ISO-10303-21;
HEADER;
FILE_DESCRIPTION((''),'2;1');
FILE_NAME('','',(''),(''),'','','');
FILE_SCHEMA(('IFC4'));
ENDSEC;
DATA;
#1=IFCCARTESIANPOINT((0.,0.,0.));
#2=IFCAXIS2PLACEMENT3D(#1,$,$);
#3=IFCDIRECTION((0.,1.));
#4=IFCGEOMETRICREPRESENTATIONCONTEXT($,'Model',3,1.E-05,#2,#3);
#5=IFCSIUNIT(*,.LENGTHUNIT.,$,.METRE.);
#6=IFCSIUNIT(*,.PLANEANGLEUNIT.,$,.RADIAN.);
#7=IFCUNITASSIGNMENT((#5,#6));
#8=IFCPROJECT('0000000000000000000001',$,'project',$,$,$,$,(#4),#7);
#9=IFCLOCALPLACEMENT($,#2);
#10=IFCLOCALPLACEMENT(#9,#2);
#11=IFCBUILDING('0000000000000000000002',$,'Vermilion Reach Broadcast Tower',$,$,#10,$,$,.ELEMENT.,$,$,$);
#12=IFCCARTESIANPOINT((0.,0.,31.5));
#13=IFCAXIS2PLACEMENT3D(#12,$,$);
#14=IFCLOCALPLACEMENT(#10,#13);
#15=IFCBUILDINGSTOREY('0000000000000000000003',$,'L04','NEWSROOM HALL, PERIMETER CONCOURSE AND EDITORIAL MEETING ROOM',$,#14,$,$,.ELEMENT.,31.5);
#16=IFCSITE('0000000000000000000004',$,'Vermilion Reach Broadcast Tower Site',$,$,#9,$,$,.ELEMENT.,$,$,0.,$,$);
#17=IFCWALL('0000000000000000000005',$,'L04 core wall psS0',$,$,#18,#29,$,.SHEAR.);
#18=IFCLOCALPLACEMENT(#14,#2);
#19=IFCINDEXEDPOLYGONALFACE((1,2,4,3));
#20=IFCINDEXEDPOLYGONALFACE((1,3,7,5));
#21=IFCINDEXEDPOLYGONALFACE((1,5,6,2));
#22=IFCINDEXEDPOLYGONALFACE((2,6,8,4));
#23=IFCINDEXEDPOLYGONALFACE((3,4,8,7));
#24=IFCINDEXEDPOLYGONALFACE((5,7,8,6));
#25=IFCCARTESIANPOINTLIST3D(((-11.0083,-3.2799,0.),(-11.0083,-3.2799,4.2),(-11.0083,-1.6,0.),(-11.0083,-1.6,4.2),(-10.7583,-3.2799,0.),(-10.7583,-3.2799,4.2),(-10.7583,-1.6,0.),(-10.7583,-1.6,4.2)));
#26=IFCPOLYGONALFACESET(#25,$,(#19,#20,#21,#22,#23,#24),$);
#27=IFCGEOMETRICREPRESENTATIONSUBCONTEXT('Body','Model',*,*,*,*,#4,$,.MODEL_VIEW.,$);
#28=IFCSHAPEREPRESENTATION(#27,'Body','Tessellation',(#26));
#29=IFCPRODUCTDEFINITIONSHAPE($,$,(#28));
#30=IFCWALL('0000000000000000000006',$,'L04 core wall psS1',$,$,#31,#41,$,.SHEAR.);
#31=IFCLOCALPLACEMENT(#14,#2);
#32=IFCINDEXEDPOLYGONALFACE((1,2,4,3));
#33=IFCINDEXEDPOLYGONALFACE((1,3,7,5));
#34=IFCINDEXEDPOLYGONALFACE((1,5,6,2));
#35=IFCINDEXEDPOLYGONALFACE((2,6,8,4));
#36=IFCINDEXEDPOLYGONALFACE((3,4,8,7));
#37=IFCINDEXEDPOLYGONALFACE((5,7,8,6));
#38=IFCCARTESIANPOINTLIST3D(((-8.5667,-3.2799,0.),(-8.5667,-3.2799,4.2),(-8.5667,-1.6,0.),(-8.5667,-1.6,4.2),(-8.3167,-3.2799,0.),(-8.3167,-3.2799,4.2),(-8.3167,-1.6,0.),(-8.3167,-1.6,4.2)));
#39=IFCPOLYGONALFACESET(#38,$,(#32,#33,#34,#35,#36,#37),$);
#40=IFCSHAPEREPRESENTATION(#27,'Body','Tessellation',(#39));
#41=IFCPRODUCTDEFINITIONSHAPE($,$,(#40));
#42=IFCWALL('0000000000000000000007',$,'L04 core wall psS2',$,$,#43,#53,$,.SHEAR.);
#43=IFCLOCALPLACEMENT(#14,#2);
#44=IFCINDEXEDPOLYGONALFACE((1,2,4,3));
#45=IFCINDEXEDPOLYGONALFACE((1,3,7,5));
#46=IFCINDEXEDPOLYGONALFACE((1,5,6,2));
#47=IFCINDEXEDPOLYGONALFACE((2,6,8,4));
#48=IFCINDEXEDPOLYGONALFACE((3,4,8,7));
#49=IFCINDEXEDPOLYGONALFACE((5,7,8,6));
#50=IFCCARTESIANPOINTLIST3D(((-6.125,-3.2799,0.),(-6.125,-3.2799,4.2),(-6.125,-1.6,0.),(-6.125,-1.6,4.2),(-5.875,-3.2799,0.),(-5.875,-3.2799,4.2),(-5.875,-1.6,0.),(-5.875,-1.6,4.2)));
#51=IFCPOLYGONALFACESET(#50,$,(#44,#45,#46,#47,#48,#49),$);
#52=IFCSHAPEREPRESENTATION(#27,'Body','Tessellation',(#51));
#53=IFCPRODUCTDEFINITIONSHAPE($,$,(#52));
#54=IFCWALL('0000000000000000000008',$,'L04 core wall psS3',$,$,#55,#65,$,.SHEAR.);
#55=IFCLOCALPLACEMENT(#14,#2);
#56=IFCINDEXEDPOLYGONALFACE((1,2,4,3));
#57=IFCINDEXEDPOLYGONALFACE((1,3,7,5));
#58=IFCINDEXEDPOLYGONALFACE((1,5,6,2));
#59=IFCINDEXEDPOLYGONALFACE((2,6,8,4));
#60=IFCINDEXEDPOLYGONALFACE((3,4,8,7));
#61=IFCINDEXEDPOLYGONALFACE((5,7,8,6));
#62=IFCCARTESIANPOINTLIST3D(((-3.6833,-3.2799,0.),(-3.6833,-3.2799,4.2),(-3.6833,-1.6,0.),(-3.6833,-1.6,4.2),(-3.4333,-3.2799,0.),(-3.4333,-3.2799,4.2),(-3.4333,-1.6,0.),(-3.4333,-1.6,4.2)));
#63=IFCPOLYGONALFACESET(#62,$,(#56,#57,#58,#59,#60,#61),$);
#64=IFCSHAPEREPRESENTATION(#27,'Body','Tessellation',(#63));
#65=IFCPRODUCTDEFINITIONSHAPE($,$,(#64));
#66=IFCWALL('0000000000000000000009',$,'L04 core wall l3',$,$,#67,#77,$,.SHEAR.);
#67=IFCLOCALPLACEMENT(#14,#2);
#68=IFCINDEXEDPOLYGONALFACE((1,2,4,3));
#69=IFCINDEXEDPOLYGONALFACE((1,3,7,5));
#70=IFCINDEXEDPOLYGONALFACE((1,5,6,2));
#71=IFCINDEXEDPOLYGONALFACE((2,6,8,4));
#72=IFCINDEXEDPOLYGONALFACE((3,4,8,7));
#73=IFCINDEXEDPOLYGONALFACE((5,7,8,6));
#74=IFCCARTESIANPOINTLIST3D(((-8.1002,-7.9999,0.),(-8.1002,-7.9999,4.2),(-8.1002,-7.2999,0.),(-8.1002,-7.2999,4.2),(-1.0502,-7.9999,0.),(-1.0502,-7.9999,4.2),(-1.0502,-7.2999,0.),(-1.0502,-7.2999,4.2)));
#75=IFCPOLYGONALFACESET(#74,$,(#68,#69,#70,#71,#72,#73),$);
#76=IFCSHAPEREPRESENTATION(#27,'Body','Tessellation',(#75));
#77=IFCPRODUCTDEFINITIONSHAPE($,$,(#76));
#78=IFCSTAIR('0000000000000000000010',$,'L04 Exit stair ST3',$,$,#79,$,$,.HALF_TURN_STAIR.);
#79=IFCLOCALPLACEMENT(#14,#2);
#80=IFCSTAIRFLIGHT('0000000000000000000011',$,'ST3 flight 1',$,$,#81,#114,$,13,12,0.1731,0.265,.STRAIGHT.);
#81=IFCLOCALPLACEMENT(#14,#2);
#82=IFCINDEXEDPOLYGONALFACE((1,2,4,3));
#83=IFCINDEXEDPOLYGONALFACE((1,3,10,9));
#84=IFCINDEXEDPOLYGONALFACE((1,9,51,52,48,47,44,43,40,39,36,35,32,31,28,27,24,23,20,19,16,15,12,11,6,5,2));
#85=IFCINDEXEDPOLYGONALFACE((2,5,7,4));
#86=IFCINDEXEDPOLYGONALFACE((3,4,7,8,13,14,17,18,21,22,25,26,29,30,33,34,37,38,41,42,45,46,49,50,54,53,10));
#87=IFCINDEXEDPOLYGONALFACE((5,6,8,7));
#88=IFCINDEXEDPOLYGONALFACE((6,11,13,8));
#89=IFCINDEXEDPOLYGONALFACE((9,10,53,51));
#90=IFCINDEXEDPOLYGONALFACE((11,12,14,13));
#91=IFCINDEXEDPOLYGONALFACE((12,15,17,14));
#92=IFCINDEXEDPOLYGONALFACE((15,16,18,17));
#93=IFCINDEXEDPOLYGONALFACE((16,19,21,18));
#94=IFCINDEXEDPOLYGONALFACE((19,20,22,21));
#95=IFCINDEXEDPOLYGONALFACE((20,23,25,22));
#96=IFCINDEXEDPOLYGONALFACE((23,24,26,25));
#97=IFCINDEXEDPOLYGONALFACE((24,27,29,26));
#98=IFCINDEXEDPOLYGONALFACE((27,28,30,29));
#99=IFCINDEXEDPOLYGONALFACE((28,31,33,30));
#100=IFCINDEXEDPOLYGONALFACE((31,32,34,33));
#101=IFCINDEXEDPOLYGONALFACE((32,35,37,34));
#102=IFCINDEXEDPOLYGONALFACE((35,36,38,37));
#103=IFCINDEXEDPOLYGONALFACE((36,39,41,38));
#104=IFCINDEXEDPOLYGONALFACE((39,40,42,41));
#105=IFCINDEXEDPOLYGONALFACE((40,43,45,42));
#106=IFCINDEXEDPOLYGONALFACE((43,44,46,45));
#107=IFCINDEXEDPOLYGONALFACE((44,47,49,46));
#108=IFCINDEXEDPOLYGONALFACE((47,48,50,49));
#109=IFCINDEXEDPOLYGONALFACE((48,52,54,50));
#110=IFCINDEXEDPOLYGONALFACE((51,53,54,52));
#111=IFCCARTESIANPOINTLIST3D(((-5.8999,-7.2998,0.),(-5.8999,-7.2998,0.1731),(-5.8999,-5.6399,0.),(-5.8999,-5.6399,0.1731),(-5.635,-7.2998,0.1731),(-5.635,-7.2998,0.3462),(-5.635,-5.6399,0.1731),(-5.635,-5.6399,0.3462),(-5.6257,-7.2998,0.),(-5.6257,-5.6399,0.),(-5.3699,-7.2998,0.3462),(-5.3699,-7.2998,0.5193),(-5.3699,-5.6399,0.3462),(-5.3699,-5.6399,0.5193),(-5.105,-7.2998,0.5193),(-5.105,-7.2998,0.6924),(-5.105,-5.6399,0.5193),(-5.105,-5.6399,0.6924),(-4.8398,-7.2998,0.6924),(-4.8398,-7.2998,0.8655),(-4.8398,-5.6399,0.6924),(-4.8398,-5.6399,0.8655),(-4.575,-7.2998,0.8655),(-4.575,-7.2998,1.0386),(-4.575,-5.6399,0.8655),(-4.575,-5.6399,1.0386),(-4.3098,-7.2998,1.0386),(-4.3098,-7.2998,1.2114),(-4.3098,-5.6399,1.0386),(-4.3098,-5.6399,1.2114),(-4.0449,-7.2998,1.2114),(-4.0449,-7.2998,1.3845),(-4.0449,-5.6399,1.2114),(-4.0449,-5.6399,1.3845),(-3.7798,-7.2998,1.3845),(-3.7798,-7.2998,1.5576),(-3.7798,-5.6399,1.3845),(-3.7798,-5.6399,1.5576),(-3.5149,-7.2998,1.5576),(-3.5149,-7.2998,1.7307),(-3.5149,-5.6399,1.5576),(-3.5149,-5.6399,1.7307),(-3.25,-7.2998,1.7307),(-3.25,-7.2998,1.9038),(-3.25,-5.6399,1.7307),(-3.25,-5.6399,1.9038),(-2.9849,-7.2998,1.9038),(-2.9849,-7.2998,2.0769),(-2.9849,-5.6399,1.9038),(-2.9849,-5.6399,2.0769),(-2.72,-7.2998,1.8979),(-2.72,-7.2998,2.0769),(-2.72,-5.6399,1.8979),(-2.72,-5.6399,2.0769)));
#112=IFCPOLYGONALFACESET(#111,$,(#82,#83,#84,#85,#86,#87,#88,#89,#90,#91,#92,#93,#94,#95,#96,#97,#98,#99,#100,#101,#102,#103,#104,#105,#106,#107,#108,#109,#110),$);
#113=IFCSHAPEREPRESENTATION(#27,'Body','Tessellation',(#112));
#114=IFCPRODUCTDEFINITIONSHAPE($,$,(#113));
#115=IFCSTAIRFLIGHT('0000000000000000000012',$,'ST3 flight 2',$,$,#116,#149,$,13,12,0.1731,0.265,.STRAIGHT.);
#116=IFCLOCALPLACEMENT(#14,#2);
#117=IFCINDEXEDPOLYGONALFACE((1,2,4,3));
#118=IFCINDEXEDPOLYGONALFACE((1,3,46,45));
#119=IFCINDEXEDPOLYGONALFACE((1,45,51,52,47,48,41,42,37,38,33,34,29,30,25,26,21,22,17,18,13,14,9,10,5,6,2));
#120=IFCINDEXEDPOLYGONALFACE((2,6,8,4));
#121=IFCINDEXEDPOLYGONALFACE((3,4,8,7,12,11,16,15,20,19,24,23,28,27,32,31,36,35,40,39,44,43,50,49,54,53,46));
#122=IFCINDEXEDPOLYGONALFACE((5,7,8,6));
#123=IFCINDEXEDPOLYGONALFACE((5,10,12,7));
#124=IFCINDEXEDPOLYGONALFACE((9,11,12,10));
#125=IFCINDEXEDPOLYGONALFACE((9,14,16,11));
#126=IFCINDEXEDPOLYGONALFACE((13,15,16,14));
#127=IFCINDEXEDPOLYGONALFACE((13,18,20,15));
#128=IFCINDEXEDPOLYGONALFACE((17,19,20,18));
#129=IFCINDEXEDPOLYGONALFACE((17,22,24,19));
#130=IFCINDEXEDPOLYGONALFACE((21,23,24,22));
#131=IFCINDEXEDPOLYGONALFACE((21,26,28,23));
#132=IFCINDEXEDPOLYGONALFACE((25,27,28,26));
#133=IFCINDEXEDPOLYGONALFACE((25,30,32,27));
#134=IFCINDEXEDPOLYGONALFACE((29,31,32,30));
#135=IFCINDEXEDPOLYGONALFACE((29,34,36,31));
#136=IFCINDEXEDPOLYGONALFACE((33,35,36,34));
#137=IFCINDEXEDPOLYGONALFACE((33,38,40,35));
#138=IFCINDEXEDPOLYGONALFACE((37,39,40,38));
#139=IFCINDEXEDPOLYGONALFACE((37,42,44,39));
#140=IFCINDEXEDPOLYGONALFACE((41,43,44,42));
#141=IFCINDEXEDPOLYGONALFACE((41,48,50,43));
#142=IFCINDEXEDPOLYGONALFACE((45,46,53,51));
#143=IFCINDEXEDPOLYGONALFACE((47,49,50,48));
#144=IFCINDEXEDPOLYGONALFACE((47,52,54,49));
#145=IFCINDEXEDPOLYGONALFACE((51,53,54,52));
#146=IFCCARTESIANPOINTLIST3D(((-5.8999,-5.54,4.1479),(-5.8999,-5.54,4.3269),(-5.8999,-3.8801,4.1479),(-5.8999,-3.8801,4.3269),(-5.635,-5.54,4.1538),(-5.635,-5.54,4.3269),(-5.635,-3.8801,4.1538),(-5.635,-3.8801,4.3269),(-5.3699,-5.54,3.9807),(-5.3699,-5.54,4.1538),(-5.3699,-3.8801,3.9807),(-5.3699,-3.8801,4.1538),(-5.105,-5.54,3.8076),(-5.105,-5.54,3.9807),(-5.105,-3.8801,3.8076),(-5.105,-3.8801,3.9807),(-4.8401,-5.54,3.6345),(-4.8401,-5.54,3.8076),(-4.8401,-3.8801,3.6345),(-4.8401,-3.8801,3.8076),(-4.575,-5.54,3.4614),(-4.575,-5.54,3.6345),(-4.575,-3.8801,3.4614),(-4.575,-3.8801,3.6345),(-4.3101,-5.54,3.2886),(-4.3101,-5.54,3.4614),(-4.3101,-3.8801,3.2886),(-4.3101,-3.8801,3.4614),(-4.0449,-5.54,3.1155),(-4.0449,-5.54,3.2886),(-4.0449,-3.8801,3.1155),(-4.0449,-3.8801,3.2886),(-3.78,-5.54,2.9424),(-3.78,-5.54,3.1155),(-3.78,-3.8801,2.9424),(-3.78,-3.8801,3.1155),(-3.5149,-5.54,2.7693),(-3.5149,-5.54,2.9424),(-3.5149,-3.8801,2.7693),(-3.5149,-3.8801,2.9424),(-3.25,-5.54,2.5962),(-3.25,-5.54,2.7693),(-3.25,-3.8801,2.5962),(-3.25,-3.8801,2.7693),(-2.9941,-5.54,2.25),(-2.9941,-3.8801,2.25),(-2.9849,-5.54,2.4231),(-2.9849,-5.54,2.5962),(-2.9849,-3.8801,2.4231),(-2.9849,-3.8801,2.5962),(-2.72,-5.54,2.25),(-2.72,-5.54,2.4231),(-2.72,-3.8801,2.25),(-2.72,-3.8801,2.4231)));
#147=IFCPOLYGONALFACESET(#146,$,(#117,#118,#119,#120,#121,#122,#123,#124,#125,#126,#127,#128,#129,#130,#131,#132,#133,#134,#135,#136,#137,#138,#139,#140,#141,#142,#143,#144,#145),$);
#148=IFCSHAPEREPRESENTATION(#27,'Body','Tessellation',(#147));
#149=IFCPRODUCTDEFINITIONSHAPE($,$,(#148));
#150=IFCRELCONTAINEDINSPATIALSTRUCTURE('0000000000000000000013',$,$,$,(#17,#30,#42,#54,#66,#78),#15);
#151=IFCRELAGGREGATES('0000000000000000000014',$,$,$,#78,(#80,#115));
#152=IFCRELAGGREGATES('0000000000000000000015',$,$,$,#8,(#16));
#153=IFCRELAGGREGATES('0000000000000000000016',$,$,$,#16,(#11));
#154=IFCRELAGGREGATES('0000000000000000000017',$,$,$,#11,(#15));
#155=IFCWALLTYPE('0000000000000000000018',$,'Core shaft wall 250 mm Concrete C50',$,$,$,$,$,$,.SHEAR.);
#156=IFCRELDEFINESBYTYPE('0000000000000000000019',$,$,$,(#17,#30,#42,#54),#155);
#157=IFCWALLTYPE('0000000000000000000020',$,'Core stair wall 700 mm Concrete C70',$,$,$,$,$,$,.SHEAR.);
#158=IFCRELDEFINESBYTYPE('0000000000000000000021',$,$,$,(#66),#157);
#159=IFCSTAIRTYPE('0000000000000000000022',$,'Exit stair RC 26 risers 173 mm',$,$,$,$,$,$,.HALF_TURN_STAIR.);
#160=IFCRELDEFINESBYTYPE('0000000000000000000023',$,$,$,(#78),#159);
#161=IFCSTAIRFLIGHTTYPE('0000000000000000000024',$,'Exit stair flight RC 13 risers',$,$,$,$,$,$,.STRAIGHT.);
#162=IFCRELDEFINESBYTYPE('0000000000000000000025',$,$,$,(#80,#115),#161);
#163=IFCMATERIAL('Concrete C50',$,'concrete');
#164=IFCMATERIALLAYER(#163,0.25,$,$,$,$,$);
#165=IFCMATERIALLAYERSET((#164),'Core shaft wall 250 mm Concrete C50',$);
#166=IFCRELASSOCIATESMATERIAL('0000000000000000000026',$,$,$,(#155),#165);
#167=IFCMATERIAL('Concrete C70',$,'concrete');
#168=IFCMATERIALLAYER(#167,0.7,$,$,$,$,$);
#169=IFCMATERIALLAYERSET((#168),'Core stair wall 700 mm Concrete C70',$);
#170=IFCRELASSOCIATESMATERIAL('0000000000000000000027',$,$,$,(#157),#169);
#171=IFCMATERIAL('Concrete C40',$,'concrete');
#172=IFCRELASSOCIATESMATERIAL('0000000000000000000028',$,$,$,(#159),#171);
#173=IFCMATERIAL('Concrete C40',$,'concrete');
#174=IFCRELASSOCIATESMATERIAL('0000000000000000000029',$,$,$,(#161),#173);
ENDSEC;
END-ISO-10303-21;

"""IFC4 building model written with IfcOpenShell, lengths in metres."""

from ifc_helpers import new_model, si_unit, direction, frame, frame_2d, origin, place, context, subcontext, project, spatial, polyline, rectangle, outline, extrude, material, layer, layer_set, type_object, element, aggregate, save


model = new_model("IFC4")

# Units and contexts
model_context = context("Model", 3, precision=1e-05, world=origin(), true_north=direction((0.0, 1.0)))
body_context = subcontext(model_context, "Body", "Model", "MODEL_VIEW")
ifc_project = project(units=[si_unit("LENGTHUNIT", "METRE"), si_unit("PLANEANGLEUNIT", "RADIAN")], contexts=[model_context])

# Site, building, storey
site_placement = place(None, origin())
site = spatial("IfcSite", under=ifc_project, at=site_placement, Name="Vermilion Reach Broadcast Tower Site", CompositionType="ELEMENT", RefElevation=0.0)
building_placement = place(site_placement, origin())
building = spatial("IfcBuilding", under=site, at=building_placement, Name="Vermilion Reach Broadcast Tower", CompositionType="ELEMENT")
storey_placement = place(building_placement, frame((0.0, 0.0, 31.5)))
storey = spatial("IfcBuildingStorey", under=building, at=storey_placement, Name="L04", Description="NEWSROOM HALL, PERIMETER CONCOURSE AND EDITORIAL MEETING ROOM", CompositionType="ELEMENT", Elevation=31.5)

# Walls
ifc_material_1 = material(Name="Concrete C50", Category="concrete")
ifc_layer_1 = layer(ifc_material_1, 0.25)
ifc_layer_set_1 = layer_set([ifc_layer_1], Name="Core shaft wall 250 mm Concrete C50")
wall_type_1 = type_object("IfcWallType", Name="Core shaft wall 250 mm Concrete C50", PredefinedType="SHEAR", material=ifc_layer_set_1)
for number, where, z_axis, x_axis, name in (
    (1, (-10.8833, -1.6001, 0.0), (0.0, 0.0, 1.0), (0.0, -1.0, 0.0), "L04 core wall psS0"),
    (2, (-8.4417, -1.6001, 0.0), (0.0, 0.0, 1.0), (0.0, -1.0, 0.0), "L04 core wall psS1"),
    (3, (-6.0, -1.6001, 0.0), (0.0, 0.0, 1.0), (0.0, -1.0, 0.0), "L04 core wall psS2"),
    (4, (-3.5583, -1.6001, 0.0), (0.0, 0.0, 1.0), (0.0, -1.0, 0.0), "L04 core wall psS3"),
):
    element("IfcWall", number, at=place(storey_placement, frame(where, z_axis=z_axis, x_axis=x_axis)), inside=storey, type_object=wall_type_1, Name=name, PredefinedType="SHEAR", context=body_context, shape_type="SweptSolid", body=[
        extrude(rectangle(XDim=1.6799, YDim=0.25, at=frame_2d((0.8398, 0.0))), origin(), (0.0, 0.0, 1.0), 4.2),
    ])
ifc_material_2 = material(Name="Concrete C70", Category="concrete")
ifc_layer_2 = layer(ifc_material_2, 0.7)
ifc_layer_set_2 = layer_set([ifc_layer_2], Name="Core stair wall 700 mm Concrete C70")
wall_type_2 = type_object("IfcWallType", Name="Core stair wall 700 mm Concrete C70", PredefinedType="SHEAR", material=ifc_layer_set_2)
wall_1_placement = place(storey_placement, frame((-8.1001, -7.6499, 0.0), z_axis=(0.0, 0.0, 1.0), x_axis=(1.0, 0.0, 0.0)))
element("IfcWall", 5, at=wall_1_placement, inside=storey, type_object=wall_type_2, Name="L04 core wall l3", PredefinedType="SHEAR", context=body_context, shape_type="SweptSolid", body=[
    extrude(rectangle(XDim=7.05, YDim=0.7, at=frame_2d((3.5249, 0.0))), origin(), (0.0, 0.0, 1.0), 4.2),
])

# Stair, stair flights
ifc_material_3 = material(Name="Concrete C40", Category="concrete")
stair_type = type_object("IfcStairType", Name="Exit stair RC 26 risers 173 mm", PredefinedType="HALF_TURN_STAIR", material=ifc_material_3)
stair_placement = place(storey_placement, origin())
stair = element("IfcStair", 6, at=stair_placement, inside=storey, type_object=stair_type, Name="L04 Exit stair ST3", PredefinedType="HALF_TURN_STAIR")
ifc_material_4 = material(Name="Concrete C40", Category="concrete")
stair_flight_type = type_object("IfcStairFlightType", Name="Exit stair flight RC 13 risers", PredefinedType="STRAIGHT", material=ifc_material_4)
stair_flight_1_placement = place(storey_placement, frame((-5.8999, -6.47, 0.0), z_axis=(0.0, 0.0, 1.0), x_axis=(1.0, 0.0, 0.0)))
stair_flight_1 = element("IfcStairFlight", 7, at=stair_flight_1_placement, type_object=stair_flight_type, Name="ST3 flight 1", NumberOfRisers=13, NumberOfTreads=12, PredefinedType="STRAIGHT", RiserHeight=0.1731, TreadLength=0.265, context=body_context, shape_type="SweptSolid", body=[
    extrude(outline(polyline([(0.0, 0.0), (0.0, 0.1731), (0.2649, 0.1731), (0.2649, 0.3462), (0.53, 0.3462), (0.53, 0.5193), (0.7949, 0.5193), (0.7949, 0.6924), (1.0601, 0.6924), (1.0601, 0.8655), (1.325, 0.8655), (1.325, 1.0386), (1.5901, 1.0386), (1.5901, 1.2114), (1.855, 1.2114), (1.855, 1.3845), (2.1201, 1.3845), (2.1201, 1.5576), (2.385, 1.5576), (2.385, 1.7307), (2.6499, 1.7307), (2.6499, 1.9038), (2.915, 1.9038), (2.915, 2.0769), (3.1799, 2.0769), (3.1799, 2.25), (3.1799, 1.8979), (0.2742, 0.0), (0.0, 0.0)])), frame((0.0, 0.8301, 0.0), z_axis=(0.0, -1.0, 0.0), x_axis=(1.0, 0.0, 0.0)), (0.0, 0.0, 1.0), 1.6599),
])
stair_flight_2_placement = place(storey_placement, frame((-2.72, -4.71, 2.25), z_axis=(0.0, 0.0, 1.0), x_axis=(-1.0, 0.0, 0.0)))
stair_flight_2 = element("IfcStairFlight", 8, at=stair_flight_2_placement, type_object=stair_flight_type, Name="ST3 flight 2", NumberOfRisers=13, NumberOfTreads=12, PredefinedType="STRAIGHT", RiserHeight=0.1731, TreadLength=0.265, context=body_context, shape_type="SweptSolid", body=[
    extrude(outline(polyline([(0.0, 0.0), (0.0, 0.1731), (0.2649, 0.1731), (0.2649, 0.3462), (0.53, 0.3462), (0.53, 0.5193), (0.7949, 0.5193), (0.7949, 0.6924), (1.0601, 0.6924), (1.0601, 0.8655), (1.325, 0.8655), (1.325, 1.0386), (1.5901, 1.0386), (1.5901, 1.2114), (1.855, 1.2114), (1.855, 1.3845), (2.1201, 1.3845), (2.1201, 1.5576), (2.385, 1.5576), (2.385, 1.7307), (2.6499, 1.7307), (2.6499, 1.9038), (2.915, 1.9038), (2.915, 2.0769), (3.1799, 2.0769), (3.1799, 2.25), (3.1799, 1.8979), (0.2742, 0.0), (0.0, 0.0)])), frame((0.0, 0.8301, 0.0), z_axis=(0.0, -1.0, 0.0), x_axis=(1.0, 0.0, 0.0)), (0.0, 0.0, 1.0), 1.6599),
])
aggregate(stair, [stair_flight_1, stair_flight_2])

save(model, "model.ifc")
